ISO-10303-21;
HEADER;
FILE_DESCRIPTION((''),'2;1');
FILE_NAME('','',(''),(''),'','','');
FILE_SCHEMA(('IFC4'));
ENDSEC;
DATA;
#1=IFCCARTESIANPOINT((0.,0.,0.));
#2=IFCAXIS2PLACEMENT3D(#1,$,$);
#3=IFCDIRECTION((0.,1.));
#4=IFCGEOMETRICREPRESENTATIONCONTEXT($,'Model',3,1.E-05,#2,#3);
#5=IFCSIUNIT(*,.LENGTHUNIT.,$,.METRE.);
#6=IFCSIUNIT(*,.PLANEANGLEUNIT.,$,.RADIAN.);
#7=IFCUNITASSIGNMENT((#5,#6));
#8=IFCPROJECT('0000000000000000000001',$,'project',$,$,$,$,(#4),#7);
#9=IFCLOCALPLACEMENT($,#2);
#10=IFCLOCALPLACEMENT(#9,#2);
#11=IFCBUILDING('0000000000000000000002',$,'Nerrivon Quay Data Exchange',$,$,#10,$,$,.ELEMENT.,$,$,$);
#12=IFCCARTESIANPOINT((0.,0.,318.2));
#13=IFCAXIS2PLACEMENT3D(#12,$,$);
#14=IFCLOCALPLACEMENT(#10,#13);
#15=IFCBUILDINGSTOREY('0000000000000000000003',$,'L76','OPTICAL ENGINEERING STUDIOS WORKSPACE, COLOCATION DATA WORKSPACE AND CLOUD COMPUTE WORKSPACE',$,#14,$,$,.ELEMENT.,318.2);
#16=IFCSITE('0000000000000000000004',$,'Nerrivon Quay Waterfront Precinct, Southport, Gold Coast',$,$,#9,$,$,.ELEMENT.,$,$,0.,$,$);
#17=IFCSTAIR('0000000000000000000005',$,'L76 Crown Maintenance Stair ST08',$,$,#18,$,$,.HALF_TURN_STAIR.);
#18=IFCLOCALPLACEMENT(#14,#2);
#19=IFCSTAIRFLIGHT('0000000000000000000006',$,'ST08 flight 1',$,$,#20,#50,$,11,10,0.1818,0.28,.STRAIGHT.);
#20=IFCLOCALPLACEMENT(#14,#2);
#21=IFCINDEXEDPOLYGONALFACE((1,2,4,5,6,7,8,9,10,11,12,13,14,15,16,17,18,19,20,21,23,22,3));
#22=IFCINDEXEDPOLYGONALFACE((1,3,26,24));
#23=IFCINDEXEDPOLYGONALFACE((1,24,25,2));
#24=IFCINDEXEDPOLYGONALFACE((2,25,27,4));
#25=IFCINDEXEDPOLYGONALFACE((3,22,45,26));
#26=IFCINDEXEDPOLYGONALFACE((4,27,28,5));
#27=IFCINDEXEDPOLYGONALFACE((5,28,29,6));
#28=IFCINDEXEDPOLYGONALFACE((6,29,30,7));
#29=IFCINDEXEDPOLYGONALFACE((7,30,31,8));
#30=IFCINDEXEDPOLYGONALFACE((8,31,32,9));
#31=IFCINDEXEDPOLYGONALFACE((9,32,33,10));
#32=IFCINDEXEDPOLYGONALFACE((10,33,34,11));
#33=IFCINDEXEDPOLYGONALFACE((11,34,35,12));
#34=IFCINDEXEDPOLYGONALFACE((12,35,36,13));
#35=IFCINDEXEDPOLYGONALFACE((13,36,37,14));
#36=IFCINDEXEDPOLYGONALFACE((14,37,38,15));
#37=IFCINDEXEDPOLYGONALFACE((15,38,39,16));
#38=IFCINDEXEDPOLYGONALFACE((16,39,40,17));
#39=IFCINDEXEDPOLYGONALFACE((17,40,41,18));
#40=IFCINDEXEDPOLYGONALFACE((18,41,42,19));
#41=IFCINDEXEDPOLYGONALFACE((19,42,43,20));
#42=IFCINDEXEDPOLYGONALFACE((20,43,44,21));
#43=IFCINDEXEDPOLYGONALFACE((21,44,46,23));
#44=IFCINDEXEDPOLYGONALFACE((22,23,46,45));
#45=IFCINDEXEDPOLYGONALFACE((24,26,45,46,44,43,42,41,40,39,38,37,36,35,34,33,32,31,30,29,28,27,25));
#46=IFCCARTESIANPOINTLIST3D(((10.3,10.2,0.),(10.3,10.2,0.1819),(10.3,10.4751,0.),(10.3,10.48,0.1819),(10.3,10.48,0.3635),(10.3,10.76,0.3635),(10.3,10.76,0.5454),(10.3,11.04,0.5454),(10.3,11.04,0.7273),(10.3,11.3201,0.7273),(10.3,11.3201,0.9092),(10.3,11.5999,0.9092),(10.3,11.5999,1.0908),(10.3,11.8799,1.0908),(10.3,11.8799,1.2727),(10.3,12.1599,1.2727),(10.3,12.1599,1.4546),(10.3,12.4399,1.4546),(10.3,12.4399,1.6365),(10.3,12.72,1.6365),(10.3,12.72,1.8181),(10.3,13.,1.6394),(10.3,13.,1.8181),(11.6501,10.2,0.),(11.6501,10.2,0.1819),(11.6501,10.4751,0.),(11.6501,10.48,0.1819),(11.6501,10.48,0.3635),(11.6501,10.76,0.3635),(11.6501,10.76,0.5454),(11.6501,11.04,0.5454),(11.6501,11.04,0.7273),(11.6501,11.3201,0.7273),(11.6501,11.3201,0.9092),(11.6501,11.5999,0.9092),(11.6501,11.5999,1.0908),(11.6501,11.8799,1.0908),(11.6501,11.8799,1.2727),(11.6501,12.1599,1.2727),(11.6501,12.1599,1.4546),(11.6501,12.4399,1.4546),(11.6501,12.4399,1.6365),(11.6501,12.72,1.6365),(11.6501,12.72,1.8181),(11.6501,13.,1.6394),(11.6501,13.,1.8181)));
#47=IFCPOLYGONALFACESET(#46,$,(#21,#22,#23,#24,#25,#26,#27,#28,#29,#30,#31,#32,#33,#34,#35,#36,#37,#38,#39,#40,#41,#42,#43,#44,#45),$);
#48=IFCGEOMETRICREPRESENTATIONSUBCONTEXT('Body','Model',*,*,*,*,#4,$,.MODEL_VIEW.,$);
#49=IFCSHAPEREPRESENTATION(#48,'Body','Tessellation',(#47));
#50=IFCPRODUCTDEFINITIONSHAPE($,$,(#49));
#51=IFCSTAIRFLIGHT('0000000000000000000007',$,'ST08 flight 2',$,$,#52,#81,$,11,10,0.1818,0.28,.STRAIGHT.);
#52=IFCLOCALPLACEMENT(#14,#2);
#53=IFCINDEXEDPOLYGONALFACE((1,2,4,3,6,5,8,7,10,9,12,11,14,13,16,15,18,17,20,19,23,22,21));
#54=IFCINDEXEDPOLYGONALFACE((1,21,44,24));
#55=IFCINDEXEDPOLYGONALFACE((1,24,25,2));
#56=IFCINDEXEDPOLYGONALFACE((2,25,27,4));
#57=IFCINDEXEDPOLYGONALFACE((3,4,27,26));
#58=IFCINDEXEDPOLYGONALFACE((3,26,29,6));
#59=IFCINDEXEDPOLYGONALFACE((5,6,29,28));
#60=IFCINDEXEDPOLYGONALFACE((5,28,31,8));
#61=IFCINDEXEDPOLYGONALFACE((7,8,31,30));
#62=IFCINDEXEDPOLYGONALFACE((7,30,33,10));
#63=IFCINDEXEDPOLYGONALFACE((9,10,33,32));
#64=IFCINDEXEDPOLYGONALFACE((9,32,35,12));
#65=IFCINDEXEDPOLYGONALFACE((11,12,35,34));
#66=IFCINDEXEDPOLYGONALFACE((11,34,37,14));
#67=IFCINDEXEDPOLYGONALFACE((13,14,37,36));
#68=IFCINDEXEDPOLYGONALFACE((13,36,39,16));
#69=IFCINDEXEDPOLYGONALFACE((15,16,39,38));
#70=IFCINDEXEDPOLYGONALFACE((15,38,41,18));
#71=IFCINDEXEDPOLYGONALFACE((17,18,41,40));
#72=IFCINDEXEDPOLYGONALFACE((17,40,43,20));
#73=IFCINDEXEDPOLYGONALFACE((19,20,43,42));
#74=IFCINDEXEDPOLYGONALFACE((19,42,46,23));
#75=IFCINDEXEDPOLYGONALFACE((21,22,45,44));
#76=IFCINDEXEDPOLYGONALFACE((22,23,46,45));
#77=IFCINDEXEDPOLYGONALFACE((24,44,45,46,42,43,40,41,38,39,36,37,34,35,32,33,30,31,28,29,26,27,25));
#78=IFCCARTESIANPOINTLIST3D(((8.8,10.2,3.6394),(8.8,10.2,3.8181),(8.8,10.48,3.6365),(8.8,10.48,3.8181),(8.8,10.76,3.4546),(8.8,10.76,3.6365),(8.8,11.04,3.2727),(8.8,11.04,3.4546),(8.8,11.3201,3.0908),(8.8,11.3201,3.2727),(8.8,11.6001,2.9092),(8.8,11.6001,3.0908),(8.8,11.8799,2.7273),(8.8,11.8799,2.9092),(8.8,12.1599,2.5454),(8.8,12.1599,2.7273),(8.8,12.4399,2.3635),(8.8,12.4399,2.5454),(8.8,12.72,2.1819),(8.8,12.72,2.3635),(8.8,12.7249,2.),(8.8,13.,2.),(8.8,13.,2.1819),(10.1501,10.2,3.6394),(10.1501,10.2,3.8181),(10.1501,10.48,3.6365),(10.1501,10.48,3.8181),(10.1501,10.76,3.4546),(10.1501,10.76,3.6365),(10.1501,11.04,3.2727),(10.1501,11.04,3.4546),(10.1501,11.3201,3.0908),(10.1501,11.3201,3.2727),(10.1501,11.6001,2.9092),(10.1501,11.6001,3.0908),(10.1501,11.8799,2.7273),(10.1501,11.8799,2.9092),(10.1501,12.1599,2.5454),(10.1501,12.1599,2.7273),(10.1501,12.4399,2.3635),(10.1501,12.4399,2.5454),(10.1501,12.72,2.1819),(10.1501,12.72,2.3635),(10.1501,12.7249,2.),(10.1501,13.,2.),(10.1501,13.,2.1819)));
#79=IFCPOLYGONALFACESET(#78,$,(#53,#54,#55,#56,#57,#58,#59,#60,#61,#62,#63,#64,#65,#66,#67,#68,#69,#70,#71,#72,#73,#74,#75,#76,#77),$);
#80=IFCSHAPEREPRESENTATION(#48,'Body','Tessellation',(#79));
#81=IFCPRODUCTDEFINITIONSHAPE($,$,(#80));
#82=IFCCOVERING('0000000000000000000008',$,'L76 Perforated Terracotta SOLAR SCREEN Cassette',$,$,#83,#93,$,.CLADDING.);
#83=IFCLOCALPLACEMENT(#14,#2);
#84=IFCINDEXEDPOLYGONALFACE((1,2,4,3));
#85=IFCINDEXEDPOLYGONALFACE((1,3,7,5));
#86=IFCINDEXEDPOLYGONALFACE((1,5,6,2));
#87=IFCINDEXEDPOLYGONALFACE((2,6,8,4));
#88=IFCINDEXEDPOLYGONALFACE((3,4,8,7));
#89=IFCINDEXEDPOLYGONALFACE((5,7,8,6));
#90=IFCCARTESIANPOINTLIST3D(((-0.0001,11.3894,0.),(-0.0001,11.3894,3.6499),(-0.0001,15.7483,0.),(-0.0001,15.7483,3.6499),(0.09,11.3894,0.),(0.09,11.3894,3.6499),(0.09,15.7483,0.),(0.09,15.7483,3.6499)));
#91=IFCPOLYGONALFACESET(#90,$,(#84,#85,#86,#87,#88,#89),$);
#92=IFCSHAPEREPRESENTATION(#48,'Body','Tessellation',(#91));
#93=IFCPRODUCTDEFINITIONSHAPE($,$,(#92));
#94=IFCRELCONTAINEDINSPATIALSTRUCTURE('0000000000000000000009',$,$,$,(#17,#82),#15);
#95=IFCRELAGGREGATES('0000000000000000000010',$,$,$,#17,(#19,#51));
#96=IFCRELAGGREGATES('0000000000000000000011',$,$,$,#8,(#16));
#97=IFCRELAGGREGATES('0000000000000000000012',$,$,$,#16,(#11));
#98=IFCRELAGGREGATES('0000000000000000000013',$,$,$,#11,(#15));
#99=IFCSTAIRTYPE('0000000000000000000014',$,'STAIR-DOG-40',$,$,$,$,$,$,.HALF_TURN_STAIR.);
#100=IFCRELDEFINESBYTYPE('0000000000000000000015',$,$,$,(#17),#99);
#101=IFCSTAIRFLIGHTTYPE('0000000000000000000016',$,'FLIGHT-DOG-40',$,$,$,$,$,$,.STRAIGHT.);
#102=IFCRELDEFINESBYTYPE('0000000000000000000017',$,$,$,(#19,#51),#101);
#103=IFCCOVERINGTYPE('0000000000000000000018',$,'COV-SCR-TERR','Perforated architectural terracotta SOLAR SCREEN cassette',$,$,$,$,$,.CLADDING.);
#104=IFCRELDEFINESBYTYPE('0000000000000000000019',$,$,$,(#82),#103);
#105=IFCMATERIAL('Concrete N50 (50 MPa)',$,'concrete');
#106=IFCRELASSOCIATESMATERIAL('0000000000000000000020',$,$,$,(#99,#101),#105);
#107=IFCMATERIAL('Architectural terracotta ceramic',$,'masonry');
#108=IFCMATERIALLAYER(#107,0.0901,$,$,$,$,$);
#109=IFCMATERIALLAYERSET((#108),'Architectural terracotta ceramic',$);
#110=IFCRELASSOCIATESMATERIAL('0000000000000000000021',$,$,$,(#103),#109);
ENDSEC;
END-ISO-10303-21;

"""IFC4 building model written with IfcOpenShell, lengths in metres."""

from ifc_helpers import new_model, si_unit, direction, frame, origin, origin_2d, place, context, subcontext, project, spatial, polyline, rectangle, outline, extrude, material, layer, layer_set, type_object, element, aggregate, save


model = new_model("IFC4")

# Units and contexts
model_context = context("Model", 3, precision=1e-05, world=origin(), true_north=direction((0.0, 1.0)))
body_context = subcontext(model_context, "Body", "Model", "MODEL_VIEW")
ifc_project = project(units=[si_unit("LENGTHUNIT", "METRE"), si_unit("PLANEANGLEUNIT", "RADIAN")], contexts=[model_context])

# Site, building, storey
site_placement = place(None, origin())
site = spatial("IfcSite", under=ifc_project, at=site_placement, Name="Nerrivon Quay Waterfront Precinct, Southport, Gold Coast", CompositionType="ELEMENT", RefElevation=0.0)
building_placement = place(site_placement, origin())
building = spatial("IfcBuilding", under=site, at=building_placement, Name="Nerrivon Quay Data Exchange", CompositionType="ELEMENT")
storey_placement = place(building_placement, frame((0.0, 0.0, 318.2)))
storey = spatial("IfcBuildingStorey", under=building, at=storey_placement, Name="L76", Description="OPTICAL ENGINEERING STUDIOS WORKSPACE, COLOCATION DATA WORKSPACE AND CLOUD COMPUTE WORKSPACE", CompositionType="ELEMENT", Elevation=318.2)

# Shared definitions
ifc_material_1 = material(Name="Concrete N50 (50 MPa)", Category="concrete")

# Stair, stair flights
stair_type = type_object("IfcStairType", Name="STAIR-DOG-40", PredefinedType="HALF_TURN_STAIR", material=ifc_material_1)
stair_placement = place(storey_placement, origin())
stair = element("IfcStair", 1, at=stair_placement, inside=storey, type_object=stair_type, Name="L76 Crown Maintenance Stair ST08", PredefinedType="HALF_TURN_STAIR")
stair_flight_type = type_object("IfcStairFlightType", Name="FLIGHT-DOG-40", PredefinedType="STRAIGHT", material=ifc_material_1)
stair_flight_1_placement = place(storey_placement, frame((10.9751, 10.2, 0.0), z_axis=(0.0, 0.0, 1.0), x_axis=(0.0, 1.0, 0.0)))
stair_flight_1 = element("IfcStairFlight", 2, at=stair_flight_1_placement, type_object=stair_flight_type, Name="ST08 flight 1", NumberOfRisers=11, NumberOfTreads=10, PredefinedType="STRAIGHT", RiserHeight=0.1818, TreadLength=0.28, context=body_context, shape_type="SweptSolid", body=[
    extrude(outline(polyline([(0.0, 0.0), (0.0, 0.1819), (0.28, 0.1819), (0.28, 0.3635), (0.5601, 0.3635), (0.5601, 0.5454), (0.8401, 0.5454), (0.8401, 0.7273), (1.1201, 0.7273), (1.1201, 0.9092), (1.3999, 0.9092), (1.3999, 1.0908), (1.6799, 1.0908), (1.6799, 1.2727), (1.96, 1.2727), (1.96, 1.4546), (2.24, 1.4546), (2.24, 1.6365), (2.52, 1.6365), (2.52, 1.8181), (2.8, 1.8181), (2.8, 2.0), (2.8, 1.6394), (0.2751, 0.0), (0.0, 0.0)])), frame((0.0, 0.675, 0.0), z_axis=(0.0, -1.0, 0.0), x_axis=(1.0, 0.0, 0.0)), (0.0, 0.0, 1.0), 1.3501),
])
stair_flight_2_placement = place(storey_placement, frame((9.4751, 13.0, 2.0), z_axis=(0.0, 0.0, 1.0), x_axis=(0.0, -1.0, 0.0)))
stair_flight_2 = element("IfcStairFlight", 3, at=stair_flight_2_placement, type_object=stair_flight_type, Name="ST08 flight 2", NumberOfRisers=11, NumberOfTreads=10, PredefinedType="STRAIGHT", RiserHeight=0.1818, TreadLength=0.28, context=body_context, shape_type="SweptSolid", body=[
    extrude(outline(polyline([(0.0, 0.0), (0.0, 0.1819), (0.28, 0.1819), (0.28, 0.3635), (0.5601, 0.3635), (0.5601, 0.5454), (0.8401, 0.5454), (0.8401, 0.7273), (1.1201, 0.7273), (1.1201, 0.9092), (1.3999, 0.9092), (1.3999, 1.0908), (1.6799, 1.0908), (1.6799, 1.2727), (1.96, 1.2727), (1.96, 1.4546), (2.24, 1.4546), (2.24, 1.6365), (2.52, 1.6365), (2.52, 1.8181), (2.8, 1.8181), (2.8, 2.0), (2.8, 1.6394), (0.2751, 0.0), (0.0, 0.0)])), frame((0.0, 0.675, 0.0), z_axis=(0.0, -1.0, 0.0), x_axis=(1.0, 0.0, 0.0)), (0.0, 0.0, 1.0), 1.3501),
])
aggregate(stair, [stair_flight_1, stair_flight_2])

# Covering
ifc_material_2 = material(Name="Architectural terracotta ceramic", Category="masonry")
ifc_layer_1 = layer(ifc_material_2, 0.0901)
ifc_layer_set_1 = layer_set([ifc_layer_1], Name="Architectural terracotta ceramic")
covering_type = type_object("IfcCoveringType", Name="COV-SCR-TERR", Description="Perforated architectural terracotta SOLAR SCREEN cassette", PredefinedType="CLADDING", material=ifc_layer_set_1)
covering_placement = place(storey_placement, frame((0.0449, 13.5688, 0.0), z_axis=(0.0, 0.0, 1.0), x_axis=(0.0, 1.0, 0.0)))
element("IfcCovering", 4, at=covering_placement, inside=storey, type_object=covering_type, Name="L76 Perforated Terracotta SOLAR SCREEN Cassette", PredefinedType="CLADDING", context=body_context, shape_type="SweptSolid", body=[
    extrude(rectangle(XDim=4.3589, YDim=0.0901, at=origin_2d()), origin(), (0.0, 0.0, 1.0), 3.6499),
])

save(model, "model.ifc")
